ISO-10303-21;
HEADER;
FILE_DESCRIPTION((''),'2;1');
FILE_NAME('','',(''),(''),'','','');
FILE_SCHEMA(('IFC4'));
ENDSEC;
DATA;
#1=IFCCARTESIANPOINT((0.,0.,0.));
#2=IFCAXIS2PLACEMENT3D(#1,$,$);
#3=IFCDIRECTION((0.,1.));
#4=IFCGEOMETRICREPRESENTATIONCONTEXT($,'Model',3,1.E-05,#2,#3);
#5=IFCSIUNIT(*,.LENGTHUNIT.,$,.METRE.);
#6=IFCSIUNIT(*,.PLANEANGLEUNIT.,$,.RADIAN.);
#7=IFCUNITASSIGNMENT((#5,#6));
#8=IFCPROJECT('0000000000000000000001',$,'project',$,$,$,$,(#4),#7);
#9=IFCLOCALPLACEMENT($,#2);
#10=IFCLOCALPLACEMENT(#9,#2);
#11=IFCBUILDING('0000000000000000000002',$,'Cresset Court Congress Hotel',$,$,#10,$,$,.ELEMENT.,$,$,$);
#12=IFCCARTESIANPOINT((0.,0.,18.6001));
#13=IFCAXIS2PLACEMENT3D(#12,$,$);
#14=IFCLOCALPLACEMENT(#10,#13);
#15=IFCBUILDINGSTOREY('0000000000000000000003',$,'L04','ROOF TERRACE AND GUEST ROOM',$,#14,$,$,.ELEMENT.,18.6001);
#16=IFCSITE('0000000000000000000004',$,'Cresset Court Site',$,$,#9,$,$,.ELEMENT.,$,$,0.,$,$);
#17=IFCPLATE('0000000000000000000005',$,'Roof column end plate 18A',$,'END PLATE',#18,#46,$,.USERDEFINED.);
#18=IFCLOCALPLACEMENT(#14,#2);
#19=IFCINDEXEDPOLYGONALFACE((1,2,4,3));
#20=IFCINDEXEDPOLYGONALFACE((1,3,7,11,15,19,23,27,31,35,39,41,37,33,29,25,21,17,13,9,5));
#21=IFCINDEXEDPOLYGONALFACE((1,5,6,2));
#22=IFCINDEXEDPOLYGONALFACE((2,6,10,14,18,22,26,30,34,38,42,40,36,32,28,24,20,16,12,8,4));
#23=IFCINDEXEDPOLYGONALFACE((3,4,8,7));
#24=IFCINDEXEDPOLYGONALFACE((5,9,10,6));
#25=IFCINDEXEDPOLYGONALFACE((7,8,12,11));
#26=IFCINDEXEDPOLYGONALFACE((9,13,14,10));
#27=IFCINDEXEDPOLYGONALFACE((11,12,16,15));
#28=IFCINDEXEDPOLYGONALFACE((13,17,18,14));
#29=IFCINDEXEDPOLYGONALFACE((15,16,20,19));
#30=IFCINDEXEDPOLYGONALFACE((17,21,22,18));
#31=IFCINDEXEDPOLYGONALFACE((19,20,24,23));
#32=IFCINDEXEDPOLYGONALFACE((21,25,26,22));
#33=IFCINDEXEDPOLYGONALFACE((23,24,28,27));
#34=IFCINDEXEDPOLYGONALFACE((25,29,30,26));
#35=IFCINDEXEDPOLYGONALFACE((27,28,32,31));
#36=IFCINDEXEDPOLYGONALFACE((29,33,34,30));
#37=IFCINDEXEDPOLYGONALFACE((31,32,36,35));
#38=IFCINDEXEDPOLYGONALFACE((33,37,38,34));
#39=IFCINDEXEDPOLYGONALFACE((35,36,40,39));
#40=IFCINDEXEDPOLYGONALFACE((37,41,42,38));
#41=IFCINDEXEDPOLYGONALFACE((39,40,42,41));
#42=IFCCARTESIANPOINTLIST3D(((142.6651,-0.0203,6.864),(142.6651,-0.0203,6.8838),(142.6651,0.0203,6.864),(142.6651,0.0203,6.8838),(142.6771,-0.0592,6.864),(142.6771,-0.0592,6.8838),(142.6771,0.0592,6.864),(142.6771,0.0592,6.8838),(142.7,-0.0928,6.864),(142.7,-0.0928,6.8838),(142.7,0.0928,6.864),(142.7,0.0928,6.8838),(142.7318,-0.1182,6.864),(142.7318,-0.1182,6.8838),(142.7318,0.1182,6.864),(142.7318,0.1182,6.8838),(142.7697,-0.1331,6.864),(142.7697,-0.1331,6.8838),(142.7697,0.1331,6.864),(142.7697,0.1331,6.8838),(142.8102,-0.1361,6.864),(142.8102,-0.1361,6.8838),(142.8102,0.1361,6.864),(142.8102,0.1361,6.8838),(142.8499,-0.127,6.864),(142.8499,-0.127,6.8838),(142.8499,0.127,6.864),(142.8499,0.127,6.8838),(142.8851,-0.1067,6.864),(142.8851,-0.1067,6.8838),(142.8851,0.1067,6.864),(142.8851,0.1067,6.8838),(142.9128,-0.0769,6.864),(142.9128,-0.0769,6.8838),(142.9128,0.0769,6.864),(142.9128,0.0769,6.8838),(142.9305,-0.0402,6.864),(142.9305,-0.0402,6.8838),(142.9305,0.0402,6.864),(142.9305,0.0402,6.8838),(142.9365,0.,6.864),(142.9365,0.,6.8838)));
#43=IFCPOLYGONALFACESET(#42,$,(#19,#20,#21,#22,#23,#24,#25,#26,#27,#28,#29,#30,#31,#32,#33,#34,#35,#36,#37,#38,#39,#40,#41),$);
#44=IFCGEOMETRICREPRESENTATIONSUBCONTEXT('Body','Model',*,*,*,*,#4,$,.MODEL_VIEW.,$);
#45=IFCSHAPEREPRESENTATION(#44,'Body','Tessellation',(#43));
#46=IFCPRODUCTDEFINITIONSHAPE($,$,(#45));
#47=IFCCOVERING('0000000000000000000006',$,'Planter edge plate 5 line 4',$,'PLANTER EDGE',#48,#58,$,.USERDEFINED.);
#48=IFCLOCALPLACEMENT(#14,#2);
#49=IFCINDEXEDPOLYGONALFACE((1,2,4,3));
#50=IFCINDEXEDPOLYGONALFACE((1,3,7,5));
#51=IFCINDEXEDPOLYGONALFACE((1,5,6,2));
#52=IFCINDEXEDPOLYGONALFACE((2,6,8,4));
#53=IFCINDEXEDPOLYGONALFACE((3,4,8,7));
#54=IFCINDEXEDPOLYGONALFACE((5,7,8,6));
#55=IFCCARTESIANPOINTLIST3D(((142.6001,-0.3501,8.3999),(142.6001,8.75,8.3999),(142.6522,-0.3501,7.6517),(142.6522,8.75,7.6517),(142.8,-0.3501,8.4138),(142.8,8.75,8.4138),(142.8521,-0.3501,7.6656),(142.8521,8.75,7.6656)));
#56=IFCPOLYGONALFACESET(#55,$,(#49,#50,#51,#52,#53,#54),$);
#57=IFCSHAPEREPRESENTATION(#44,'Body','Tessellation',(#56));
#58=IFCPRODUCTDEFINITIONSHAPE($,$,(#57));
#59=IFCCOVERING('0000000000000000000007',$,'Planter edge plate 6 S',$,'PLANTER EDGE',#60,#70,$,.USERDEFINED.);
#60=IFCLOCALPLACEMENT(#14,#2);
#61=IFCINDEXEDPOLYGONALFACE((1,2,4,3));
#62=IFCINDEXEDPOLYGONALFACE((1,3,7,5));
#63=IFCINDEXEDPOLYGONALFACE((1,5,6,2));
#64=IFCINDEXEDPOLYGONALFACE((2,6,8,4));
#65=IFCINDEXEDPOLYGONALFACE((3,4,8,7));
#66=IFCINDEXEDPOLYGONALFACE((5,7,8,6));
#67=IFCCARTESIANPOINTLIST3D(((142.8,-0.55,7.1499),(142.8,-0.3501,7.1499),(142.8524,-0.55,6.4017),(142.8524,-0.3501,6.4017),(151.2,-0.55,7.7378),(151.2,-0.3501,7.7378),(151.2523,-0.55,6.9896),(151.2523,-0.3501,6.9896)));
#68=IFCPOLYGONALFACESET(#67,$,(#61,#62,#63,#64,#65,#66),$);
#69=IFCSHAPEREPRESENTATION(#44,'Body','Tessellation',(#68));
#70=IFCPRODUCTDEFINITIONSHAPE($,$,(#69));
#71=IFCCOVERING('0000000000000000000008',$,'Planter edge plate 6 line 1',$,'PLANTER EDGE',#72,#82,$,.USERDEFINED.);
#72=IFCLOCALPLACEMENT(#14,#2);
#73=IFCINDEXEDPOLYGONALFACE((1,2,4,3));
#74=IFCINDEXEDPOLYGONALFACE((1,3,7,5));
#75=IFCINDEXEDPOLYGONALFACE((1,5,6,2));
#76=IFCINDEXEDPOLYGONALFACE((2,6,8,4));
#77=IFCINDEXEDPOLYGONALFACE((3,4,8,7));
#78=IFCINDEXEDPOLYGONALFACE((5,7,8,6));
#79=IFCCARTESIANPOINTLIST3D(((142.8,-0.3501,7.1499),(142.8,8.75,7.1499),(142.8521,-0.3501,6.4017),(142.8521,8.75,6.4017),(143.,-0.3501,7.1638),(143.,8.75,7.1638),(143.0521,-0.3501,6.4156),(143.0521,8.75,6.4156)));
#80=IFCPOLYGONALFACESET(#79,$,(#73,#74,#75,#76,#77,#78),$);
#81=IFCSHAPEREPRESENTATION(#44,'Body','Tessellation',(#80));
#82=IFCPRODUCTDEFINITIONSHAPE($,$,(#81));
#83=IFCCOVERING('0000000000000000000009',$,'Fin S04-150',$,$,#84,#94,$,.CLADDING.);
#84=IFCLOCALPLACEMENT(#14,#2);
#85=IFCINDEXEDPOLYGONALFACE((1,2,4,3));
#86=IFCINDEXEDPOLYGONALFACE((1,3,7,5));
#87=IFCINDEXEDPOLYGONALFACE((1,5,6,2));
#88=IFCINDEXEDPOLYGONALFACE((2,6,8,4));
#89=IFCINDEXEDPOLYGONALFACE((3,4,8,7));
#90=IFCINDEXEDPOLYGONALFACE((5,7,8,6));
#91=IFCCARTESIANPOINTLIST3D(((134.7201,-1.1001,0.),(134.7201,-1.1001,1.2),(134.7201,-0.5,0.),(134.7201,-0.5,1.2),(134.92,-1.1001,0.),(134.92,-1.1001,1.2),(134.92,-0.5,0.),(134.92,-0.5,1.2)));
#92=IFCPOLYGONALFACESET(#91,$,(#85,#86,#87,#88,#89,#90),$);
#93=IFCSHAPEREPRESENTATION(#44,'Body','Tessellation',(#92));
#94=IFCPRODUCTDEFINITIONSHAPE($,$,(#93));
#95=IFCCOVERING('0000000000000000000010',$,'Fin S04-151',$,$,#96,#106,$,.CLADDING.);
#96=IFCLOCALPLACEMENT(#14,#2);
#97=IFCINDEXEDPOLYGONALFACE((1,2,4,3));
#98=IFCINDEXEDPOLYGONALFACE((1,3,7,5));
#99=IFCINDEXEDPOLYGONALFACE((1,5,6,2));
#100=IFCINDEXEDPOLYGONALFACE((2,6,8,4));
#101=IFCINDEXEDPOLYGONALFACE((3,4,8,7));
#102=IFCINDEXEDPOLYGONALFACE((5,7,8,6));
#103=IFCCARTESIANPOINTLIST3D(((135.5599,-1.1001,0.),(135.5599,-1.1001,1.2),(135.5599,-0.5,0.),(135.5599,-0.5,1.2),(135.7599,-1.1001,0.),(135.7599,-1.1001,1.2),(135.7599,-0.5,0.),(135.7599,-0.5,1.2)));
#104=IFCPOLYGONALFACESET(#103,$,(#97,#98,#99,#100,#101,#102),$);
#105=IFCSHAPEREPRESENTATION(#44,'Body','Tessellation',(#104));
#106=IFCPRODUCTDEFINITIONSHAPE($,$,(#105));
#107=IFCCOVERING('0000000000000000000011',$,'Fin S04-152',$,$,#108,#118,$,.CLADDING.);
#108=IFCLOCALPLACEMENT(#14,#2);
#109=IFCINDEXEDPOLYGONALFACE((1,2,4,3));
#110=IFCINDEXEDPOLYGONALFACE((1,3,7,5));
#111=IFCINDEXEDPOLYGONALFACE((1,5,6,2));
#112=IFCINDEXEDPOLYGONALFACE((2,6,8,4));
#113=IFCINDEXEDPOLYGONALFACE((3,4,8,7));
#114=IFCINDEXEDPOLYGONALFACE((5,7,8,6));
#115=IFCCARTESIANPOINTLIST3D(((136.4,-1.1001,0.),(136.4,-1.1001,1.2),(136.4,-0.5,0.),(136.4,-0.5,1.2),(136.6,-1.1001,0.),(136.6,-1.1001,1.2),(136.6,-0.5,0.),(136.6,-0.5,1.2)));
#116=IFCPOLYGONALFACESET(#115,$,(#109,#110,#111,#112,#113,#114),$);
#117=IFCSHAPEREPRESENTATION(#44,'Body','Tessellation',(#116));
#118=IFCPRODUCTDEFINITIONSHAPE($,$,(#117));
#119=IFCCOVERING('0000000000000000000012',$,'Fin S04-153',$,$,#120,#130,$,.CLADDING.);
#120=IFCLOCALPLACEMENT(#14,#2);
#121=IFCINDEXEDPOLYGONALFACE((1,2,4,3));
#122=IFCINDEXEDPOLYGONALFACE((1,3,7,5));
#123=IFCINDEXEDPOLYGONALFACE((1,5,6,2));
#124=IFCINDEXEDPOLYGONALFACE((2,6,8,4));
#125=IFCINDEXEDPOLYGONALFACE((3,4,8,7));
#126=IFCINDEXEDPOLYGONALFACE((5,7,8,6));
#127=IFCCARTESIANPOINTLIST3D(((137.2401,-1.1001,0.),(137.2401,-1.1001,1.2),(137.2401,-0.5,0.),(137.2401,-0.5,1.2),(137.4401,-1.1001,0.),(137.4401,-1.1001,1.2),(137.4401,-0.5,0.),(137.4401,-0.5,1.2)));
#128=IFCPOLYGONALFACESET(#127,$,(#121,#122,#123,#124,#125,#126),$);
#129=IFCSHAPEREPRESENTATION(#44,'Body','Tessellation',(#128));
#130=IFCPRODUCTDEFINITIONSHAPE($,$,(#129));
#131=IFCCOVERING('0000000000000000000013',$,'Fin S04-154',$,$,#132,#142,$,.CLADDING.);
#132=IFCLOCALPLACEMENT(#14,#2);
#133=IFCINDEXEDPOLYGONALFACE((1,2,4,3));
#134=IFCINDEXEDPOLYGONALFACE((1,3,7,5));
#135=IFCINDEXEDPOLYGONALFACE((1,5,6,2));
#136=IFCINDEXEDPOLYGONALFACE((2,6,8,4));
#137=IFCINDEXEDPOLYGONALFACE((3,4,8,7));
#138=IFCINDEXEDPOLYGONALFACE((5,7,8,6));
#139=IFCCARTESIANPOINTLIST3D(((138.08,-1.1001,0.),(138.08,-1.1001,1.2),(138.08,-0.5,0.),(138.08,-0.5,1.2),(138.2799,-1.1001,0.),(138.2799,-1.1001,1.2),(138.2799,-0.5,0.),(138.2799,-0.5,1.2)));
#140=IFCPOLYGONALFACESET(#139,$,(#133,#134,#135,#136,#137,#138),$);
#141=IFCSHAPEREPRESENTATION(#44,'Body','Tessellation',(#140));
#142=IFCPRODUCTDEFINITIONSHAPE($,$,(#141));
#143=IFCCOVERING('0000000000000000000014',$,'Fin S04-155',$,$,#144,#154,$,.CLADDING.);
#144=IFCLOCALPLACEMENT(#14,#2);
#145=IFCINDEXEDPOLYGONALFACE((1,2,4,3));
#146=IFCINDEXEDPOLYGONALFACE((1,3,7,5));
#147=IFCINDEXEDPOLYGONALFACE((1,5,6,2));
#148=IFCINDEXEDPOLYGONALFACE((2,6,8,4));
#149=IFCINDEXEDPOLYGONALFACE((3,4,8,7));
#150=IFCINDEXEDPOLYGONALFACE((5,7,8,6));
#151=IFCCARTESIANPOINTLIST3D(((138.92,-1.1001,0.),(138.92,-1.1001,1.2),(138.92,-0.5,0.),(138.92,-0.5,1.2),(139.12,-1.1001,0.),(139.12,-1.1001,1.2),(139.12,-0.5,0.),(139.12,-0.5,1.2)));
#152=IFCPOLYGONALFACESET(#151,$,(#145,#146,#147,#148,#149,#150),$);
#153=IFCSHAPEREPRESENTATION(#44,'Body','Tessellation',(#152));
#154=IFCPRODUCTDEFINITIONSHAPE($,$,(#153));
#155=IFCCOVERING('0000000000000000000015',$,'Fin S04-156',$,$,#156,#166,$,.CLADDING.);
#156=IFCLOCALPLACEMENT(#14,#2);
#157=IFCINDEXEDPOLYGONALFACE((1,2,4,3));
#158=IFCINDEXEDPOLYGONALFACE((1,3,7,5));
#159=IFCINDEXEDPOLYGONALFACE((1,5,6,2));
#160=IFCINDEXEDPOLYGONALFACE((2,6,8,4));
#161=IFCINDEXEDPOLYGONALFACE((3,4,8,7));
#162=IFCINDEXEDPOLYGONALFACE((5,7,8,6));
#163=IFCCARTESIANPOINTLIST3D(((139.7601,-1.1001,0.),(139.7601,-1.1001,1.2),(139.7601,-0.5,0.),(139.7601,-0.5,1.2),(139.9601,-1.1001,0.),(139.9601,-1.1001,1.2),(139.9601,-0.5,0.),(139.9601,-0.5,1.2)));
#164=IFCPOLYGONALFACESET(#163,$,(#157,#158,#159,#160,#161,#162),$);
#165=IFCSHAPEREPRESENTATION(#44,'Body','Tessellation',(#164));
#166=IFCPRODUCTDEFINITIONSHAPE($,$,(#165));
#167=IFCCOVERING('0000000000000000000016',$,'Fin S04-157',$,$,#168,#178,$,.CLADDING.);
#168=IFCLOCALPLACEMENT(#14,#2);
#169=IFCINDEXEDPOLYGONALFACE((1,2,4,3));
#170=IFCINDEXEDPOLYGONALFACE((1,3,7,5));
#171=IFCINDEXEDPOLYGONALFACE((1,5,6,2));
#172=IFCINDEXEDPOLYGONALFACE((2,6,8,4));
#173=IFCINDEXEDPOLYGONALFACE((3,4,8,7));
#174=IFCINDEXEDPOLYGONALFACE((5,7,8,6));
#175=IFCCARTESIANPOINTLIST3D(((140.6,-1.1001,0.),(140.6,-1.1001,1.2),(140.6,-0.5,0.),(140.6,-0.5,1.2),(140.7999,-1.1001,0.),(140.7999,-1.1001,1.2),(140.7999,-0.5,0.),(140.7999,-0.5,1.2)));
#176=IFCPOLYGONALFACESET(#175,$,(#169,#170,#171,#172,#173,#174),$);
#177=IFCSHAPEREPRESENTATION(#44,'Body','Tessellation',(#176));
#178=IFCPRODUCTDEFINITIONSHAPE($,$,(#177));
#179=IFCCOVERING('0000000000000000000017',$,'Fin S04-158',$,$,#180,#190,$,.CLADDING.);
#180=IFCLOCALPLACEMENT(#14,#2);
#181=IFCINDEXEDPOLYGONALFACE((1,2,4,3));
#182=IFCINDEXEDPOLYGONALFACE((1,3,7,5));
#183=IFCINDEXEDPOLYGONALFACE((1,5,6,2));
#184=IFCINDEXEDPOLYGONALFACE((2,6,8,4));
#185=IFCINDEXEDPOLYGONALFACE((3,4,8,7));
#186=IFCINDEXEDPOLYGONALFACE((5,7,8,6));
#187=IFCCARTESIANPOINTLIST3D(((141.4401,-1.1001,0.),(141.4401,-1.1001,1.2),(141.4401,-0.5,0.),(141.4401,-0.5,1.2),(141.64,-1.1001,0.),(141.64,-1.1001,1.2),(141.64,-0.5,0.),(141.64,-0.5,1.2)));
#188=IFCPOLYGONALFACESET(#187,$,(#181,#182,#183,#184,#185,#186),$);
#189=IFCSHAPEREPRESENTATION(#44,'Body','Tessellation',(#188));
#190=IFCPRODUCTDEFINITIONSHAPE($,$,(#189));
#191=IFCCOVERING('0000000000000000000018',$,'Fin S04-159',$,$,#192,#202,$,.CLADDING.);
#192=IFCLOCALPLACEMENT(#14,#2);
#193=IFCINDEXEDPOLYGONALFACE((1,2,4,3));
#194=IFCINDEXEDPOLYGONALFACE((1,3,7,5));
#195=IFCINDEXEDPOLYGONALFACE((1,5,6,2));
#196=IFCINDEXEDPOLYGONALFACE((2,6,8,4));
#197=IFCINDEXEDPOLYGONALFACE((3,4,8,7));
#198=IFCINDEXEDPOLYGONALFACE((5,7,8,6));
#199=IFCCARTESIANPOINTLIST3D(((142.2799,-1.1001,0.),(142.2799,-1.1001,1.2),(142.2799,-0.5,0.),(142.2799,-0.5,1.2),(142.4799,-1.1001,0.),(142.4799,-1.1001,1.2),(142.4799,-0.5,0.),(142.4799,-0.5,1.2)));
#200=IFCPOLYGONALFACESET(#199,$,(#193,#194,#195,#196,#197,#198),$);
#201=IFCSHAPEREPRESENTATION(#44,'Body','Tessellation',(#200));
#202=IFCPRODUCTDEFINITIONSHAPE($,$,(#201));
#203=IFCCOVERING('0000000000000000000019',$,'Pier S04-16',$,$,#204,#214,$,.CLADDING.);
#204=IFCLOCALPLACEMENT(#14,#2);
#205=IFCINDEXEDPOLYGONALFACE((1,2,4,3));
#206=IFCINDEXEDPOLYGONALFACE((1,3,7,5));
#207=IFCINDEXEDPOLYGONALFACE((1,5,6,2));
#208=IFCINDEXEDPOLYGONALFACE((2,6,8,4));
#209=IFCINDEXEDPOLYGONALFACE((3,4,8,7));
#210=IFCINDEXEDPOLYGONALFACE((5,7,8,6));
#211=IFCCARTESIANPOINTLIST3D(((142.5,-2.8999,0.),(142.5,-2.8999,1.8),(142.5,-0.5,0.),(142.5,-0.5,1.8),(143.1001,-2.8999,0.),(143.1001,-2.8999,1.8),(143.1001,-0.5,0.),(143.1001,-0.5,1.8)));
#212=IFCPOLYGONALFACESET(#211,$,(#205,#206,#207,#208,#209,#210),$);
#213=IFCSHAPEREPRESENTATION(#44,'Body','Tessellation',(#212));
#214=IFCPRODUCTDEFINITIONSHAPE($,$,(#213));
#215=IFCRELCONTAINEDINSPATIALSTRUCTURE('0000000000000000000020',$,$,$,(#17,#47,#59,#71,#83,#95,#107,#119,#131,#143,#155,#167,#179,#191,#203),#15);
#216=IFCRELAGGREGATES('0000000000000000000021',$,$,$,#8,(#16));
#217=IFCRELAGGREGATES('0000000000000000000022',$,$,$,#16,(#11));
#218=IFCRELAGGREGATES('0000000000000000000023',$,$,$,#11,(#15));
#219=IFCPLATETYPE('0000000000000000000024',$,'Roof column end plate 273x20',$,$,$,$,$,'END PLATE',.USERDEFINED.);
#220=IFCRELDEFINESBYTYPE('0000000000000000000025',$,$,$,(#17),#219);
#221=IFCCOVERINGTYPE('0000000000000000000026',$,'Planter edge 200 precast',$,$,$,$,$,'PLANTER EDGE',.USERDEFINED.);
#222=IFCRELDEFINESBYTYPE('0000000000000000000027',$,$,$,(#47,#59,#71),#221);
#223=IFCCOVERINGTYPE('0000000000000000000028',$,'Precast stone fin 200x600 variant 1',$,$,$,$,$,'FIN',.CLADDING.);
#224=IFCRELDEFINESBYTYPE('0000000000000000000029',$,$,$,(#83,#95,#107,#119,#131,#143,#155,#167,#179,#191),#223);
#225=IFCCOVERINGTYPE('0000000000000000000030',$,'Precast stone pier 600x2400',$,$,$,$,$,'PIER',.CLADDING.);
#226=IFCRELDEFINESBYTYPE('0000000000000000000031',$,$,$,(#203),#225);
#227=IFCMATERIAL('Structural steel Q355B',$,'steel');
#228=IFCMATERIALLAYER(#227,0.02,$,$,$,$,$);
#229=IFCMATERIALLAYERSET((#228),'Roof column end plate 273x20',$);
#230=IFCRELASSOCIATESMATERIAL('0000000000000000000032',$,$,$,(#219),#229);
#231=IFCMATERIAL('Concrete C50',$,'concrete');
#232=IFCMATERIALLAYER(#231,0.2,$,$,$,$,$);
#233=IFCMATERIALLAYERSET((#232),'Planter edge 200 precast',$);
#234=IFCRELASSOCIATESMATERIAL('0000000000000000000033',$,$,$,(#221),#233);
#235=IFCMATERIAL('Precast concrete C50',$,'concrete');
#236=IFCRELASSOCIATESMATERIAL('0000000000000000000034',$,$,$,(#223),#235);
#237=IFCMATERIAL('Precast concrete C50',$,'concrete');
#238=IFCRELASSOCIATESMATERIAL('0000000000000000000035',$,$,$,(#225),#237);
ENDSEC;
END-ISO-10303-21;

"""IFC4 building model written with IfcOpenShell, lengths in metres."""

from ifc_helpers import new_model, si_unit, direction, frame, origin, origin_2d, place, context, subcontext, project, spatial, polyline, rectangle, circle, outline, extrude, material, layer, layer_set, type_object, element, save


model = new_model("IFC4")

# Units and contexts
model_context = context("Model", 3, precision=1e-05, world=origin(), true_north=direction((0.0, 1.0)))
body_context = subcontext(model_context, "Body", "Model", "MODEL_VIEW")
ifc_project = project(units=[si_unit("LENGTHUNIT", "METRE"), si_unit("PLANEANGLEUNIT", "RADIAN")], contexts=[model_context])

# Site, building, storey
site_placement = place(None, origin())
site = spatial("IfcSite", under=ifc_project, at=site_placement, Name="Cresset Court Site", CompositionType="ELEMENT", RefElevation=0.0)
building_placement = place(site_placement, origin())
building = spatial("IfcBuilding", under=site, at=building_placement, Name="Cresset Court Congress Hotel", CompositionType="ELEMENT")
storey_placement = place(building_placement, frame((0.0, 0.0, 18.6001)))
storey = spatial("IfcBuildingStorey", under=building, at=storey_placement, Name="L04", Description="ROOF TERRACE AND GUEST ROOM", CompositionType="ELEMENT", Elevation=18.6001)

# Plate
ifc_material_1 = material(Name="Structural steel Q355B", Category="steel")
ifc_layer_1 = layer(ifc_material_1, 0.02)
ifc_layer_set_1 = layer_set([ifc_layer_1], Name="Roof column end plate 273x20")
plate_type_1 = type_object("IfcPlateType", Name="Roof column end plate 273x20", ElementType="END PLATE", PredefinedType="USERDEFINED", material=ifc_layer_set_1)
plate_1_placement = place(storey_placement, frame((142.8, 0.0, 6.864), z_axis=(0.0, 0.0, 1.0), x_axis=(1.0, 0.0, 0.0)))
element("IfcPlate", 1, at=plate_1_placement, inside=storey, type_object=plate_type_1, Name="Roof column end plate 18A", ObjectType="END PLATE", PredefinedType="USERDEFINED", context=body_context, shape_type="SweptSolid", body=[
    extrude(circle(Radius=0.1365, at=origin_2d()), origin(), (0.0, 0.0, 1.0), 0.0198),
])

# Coverings
ifc_material_2 = material(Name="Concrete C50", Category="concrete")
ifc_layer_2 = layer(ifc_material_2, 0.2)
ifc_layer_set_2 = layer_set([ifc_layer_2], Name="Planter edge 200 precast")
covering_type_1 = type_object("IfcCoveringType", Name="Planter edge 200 precast", ElementType="PLANTER EDGE", PredefinedType="USERDEFINED", material=ifc_layer_set_2)
covering_1_placement = place(storey_placement, frame((142.6001, -0.3501, 8.3999), z_axis=(-0.069429, 0.0, 0.997587), x_axis=(0.997587, 0.0, 0.069429)))
element("IfcCovering", 2, at=covering_1_placement, inside=storey, type_object=covering_type_1, Name="Planter edge plate 5 line 4", ObjectType="PLANTER EDGE", PredefinedType="USERDEFINED", context=body_context, shape_type="SweptSolid", body=[
    extrude(outline(polyline([(0.0, 0.0), (0.2004, 0.0), (0.2004, 9.1001), (0.0, 9.1001), (0.0, 0.0)])), origin(), (0.0, 0.0, -1.0), 0.75),
])
covering_2_placement = place(storey_placement, frame((142.8, -0.55, 7.1499), z_axis=(-0.069817, 0.0, 0.99756), x_axis=(0.99756, 0.0, 0.069817)))
element("IfcCovering", 3, at=covering_2_placement, inside=storey, type_object=covering_type_1, Name="Planter edge plate 6 S", ObjectType="PLANTER EDGE", PredefinedType="USERDEFINED", context=body_context, shape_type="SweptSolid", body=[
    extrude(outline(polyline([(0.0, 0.0), (8.4204, 0.0), (8.4204, 0.2), (0.0, 0.2), (0.0, 0.0)])), origin(), (0.0, 0.0, -1.0), 0.75),
])
covering_3_placement = place(storey_placement, frame((142.8, -0.3501, 7.1499), z_axis=(-0.069429, 0.0, 0.997587), x_axis=(0.997587, 0.0, 0.069429)))
element("IfcCovering", 4, at=covering_3_placement, inside=storey, type_object=covering_type_1, Name="Planter edge plate 6 line 1", ObjectType="PLANTER EDGE", PredefinedType="USERDEFINED", context=body_context, shape_type="SweptSolid", body=[
    extrude(outline(polyline([(0.0, 0.0), (0.2004, 0.0), (0.2004, 9.1001), (0.0, 9.1001), (0.0, 0.0)])), origin(), (0.0, 0.0, -1.0), 0.75),
])
ifc_material_3 = material(Name="Precast concrete C50", Category="concrete")
covering_type_2 = type_object("IfcCoveringType", Name="Precast stone fin 200x600 variant 1", ElementType="FIN", PredefinedType="CLADDING", material=ifc_material_3)
for number, where, z_axis, x_axis, name in (
    (5, (134.8201, -0.8, 0.0), (0.0, 0.0, 1.0), (1.0, 0.0, 0.0), "Fin S04-150"),
    (6, (135.6599, -0.8, 0.0), (0.0, 0.0, 1.0), (1.0, 0.0, 0.0), "Fin S04-151"),
    (7, (136.5, -0.8, 0.0), (0.0, 0.0, 1.0), (1.0, 0.0, 0.0), "Fin S04-152"),
    (8, (137.3401, -0.8, 0.0), (0.0, 0.0, 1.0), (1.0, 0.0, 0.0), "Fin S04-153"),
    (9, (138.1799, -0.8, 0.0), (0.0, 0.0, 1.0), (1.0, 0.0, 0.0), "Fin S04-154"),
    (10, (139.02, -0.8, 0.0), (0.0, 0.0, 1.0), (1.0, 0.0, 0.0), "Fin S04-155"),
    (11, (139.8601, -0.8, 0.0), (0.0, 0.0, 1.0), (1.0, 0.0, 0.0), "Fin S04-156"),
    (12, (140.7, -0.8, 0.0), (0.0, 0.0, 1.0), (1.0, 0.0, 0.0), "Fin S04-157"),
    (13, (141.54, -0.8, 0.0), (0.0, 0.0, 1.0), (1.0, 0.0, 0.0), "Fin S04-158"),
    (14, (142.3799, -0.8, 0.0), (0.0, 0.0, 1.0), (1.0, 0.0, 0.0), "Fin S04-159"),
):
    element("IfcCovering", number, at=place(storey_placement, frame(where, z_axis=z_axis, x_axis=x_axis)), inside=storey, type_object=covering_type_2, Name=name, PredefinedType="CLADDING", context=body_context, shape_type="SweptSolid", body=[
        extrude(rectangle(XDim=0.2, YDim=0.6001, at=origin_2d()), origin(), (0.0, 0.0, 1.0), 1.2),
    ])
ifc_material_4 = material(Name="Precast concrete C50", Category="concrete")
covering_type_3 = type_object("IfcCoveringType", Name="Precast stone pier 600x2400", ElementType="PIER", PredefinedType="CLADDING", material=ifc_material_4)
covering_4_placement = place(storey_placement, frame((142.8, -1.7, 0.0), z_axis=(0.0, 0.0, 1.0), x_axis=(1.0, 0.0, 0.0)))
element("IfcCovering", 15, at=covering_4_placement, inside=storey, type_object=covering_type_3, Name="Pier S04-16", PredefinedType="CLADDING", context=body_context, shape_type="SweptSolid", body=[
    extrude(rectangle(XDim=0.6001, YDim=2.3999, at=origin_2d()), origin(), (0.0, 0.0, 1.0), 1.8),
])

save(model, "model.ifc")
